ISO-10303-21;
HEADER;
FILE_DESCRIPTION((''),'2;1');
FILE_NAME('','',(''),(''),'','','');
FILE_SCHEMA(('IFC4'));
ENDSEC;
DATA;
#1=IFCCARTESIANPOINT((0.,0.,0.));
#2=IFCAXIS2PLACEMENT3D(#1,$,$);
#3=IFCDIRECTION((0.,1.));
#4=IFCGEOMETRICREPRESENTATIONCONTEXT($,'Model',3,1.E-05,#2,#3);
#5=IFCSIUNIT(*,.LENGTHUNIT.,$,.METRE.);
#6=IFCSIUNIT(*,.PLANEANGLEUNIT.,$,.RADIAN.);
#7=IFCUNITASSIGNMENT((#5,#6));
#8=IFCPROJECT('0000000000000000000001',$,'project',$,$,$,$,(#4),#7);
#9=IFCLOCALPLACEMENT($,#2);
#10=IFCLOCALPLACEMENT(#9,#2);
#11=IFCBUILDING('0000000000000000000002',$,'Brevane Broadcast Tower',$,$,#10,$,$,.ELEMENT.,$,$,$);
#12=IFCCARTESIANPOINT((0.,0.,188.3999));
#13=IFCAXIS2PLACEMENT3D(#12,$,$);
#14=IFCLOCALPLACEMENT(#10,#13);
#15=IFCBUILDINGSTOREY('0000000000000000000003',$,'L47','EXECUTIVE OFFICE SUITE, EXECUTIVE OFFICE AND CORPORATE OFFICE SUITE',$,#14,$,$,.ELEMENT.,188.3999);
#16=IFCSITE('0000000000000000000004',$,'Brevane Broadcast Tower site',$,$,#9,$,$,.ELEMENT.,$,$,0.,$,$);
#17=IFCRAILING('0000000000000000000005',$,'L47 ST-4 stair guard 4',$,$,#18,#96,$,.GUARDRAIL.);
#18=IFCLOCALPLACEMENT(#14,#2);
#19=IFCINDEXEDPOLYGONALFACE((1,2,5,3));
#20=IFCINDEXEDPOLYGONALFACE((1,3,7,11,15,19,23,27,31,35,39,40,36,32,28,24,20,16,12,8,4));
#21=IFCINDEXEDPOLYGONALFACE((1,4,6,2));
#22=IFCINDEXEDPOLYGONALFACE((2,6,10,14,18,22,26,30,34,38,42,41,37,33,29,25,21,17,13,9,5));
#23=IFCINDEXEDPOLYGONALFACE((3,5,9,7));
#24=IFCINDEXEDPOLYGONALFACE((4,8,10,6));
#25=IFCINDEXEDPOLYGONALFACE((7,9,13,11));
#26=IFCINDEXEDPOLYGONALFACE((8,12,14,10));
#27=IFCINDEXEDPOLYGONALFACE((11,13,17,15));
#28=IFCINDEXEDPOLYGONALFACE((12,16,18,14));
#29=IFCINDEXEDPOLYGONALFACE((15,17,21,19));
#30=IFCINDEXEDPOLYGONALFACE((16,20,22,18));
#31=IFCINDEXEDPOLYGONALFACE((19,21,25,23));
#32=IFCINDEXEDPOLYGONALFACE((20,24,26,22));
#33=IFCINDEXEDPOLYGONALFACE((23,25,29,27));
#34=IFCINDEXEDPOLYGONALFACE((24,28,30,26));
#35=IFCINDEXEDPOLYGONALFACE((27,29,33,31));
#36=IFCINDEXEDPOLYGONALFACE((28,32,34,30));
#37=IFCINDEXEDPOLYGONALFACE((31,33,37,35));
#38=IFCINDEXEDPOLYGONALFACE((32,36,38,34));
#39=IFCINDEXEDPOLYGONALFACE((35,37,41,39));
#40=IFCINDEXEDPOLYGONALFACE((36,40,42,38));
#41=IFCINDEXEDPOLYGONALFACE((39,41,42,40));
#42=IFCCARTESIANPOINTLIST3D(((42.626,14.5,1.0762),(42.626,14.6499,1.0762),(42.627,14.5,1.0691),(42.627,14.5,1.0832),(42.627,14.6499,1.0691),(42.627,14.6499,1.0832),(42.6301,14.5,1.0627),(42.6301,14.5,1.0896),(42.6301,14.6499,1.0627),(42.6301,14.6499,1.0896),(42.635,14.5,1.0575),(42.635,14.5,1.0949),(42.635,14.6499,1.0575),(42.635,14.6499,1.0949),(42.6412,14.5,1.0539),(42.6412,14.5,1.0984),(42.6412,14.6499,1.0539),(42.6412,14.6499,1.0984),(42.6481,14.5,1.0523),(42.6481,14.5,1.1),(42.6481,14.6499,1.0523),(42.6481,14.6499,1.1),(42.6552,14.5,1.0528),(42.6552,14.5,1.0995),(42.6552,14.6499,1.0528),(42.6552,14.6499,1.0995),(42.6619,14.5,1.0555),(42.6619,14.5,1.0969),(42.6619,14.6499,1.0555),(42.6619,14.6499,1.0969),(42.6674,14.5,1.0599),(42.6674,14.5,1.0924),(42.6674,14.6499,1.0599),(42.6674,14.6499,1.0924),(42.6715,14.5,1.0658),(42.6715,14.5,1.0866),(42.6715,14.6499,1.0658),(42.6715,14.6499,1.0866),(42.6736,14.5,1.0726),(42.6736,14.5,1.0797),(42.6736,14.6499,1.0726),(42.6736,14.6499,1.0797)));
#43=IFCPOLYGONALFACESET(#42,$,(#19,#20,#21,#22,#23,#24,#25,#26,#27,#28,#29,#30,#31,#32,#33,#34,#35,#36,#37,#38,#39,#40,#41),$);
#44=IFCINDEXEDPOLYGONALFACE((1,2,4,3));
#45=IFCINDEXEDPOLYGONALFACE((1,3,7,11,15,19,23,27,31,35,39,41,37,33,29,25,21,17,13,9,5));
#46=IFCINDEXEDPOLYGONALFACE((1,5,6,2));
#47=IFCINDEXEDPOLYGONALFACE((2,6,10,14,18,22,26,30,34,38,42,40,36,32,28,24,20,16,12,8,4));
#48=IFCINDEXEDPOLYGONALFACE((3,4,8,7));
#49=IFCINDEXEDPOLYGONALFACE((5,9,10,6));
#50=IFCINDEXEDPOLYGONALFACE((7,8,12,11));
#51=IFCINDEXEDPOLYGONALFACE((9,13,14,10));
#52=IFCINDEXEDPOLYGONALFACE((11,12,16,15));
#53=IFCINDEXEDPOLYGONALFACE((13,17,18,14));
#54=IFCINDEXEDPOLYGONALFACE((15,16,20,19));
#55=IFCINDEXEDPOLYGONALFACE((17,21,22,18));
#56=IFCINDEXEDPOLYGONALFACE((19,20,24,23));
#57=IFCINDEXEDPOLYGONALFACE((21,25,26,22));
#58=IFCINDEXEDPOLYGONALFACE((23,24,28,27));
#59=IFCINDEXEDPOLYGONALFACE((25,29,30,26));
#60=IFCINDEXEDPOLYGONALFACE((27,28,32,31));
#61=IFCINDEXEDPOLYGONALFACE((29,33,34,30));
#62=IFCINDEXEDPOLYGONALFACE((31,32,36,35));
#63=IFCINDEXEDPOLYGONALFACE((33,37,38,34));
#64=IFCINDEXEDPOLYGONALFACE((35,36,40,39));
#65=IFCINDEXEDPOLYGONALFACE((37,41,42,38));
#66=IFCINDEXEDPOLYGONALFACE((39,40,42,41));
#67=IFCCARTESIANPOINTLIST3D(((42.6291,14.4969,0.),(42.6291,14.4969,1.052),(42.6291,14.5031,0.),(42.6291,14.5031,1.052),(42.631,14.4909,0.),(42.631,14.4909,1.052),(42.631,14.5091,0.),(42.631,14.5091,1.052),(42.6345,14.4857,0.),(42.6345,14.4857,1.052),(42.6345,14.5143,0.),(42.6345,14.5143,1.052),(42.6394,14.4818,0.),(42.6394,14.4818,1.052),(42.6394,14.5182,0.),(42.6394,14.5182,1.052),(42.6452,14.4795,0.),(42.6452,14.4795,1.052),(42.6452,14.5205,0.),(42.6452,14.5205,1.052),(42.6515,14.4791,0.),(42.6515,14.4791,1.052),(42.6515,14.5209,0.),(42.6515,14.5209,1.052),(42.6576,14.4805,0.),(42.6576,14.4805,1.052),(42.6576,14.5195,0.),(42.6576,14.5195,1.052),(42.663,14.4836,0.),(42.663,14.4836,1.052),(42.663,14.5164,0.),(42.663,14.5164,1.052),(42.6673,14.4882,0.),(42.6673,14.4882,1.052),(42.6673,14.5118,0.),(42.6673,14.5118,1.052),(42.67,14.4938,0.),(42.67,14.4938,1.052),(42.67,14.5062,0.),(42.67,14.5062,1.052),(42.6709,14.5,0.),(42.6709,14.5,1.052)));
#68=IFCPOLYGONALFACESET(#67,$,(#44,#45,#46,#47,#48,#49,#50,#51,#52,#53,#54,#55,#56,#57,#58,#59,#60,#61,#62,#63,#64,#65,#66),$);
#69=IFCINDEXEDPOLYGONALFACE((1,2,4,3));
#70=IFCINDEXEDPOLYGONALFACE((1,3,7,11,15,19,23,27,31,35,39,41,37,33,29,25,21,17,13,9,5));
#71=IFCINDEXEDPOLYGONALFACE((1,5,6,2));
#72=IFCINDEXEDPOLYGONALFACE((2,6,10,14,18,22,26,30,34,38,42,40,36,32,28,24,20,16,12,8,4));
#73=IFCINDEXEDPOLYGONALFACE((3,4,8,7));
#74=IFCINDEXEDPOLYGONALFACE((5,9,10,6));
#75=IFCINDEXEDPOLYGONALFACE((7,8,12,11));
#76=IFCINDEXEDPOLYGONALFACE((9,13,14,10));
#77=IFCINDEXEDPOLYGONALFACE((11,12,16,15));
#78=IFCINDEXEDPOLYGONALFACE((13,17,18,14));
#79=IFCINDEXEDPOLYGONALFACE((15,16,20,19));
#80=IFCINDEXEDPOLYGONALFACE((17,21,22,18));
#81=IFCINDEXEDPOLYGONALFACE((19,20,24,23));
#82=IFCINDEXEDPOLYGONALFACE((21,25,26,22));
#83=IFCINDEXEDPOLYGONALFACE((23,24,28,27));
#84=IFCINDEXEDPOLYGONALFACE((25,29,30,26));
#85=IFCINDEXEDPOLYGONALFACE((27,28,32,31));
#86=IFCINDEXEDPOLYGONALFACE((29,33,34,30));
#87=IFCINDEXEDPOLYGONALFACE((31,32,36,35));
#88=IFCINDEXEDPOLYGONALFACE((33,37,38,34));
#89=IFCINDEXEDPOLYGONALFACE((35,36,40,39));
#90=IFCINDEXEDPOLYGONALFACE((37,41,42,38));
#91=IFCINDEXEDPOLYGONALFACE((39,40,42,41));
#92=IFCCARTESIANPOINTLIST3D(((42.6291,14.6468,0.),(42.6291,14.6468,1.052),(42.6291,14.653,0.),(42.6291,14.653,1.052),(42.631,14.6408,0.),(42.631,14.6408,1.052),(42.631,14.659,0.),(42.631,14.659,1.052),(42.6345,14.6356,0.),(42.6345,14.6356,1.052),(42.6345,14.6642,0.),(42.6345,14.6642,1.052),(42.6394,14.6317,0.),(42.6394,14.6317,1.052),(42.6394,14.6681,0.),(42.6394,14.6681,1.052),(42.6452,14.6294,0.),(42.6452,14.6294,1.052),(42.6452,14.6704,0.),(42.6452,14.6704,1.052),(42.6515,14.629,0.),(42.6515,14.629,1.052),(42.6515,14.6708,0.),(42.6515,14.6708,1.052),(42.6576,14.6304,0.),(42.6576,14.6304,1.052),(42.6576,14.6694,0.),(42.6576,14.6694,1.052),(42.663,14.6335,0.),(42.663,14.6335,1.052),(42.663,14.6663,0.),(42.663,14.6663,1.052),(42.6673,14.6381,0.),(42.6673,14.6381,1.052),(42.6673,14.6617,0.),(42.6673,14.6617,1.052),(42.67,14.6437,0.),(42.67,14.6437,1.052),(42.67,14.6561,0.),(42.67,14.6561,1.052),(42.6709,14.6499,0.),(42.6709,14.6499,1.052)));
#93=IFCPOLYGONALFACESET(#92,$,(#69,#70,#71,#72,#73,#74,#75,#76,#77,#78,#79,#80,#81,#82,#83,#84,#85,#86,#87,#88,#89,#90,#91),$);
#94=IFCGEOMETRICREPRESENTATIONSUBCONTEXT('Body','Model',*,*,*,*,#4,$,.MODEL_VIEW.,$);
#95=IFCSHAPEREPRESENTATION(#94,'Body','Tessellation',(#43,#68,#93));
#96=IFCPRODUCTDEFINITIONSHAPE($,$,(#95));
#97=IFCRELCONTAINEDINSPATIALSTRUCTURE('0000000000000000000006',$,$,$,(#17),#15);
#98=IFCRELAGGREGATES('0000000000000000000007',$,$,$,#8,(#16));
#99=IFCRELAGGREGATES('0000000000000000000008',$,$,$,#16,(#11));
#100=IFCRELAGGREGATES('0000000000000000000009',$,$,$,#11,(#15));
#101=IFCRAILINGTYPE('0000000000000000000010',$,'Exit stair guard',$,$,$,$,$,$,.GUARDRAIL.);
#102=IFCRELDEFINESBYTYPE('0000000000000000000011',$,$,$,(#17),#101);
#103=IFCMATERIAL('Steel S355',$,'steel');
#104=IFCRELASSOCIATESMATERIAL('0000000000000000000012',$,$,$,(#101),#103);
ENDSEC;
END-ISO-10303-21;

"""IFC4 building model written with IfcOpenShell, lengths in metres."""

from ifc_helpers import new_model, si_unit, direction, frame, origin, origin_2d, place, context, subcontext, project, spatial, circle, extrude, material, type_object, element, save


model = new_model("IFC4")

# Units and contexts
model_context = context("Model", 3, precision=1e-05, world=origin(), true_north=direction((0.0, 1.0)))
body_context = subcontext(model_context, "Body", "Model", "MODEL_VIEW")
ifc_project = project(units=[si_unit("LENGTHUNIT", "METRE"), si_unit("PLANEANGLEUNIT", "RADIAN")], contexts=[model_context])

# Site, building, storey
site_placement = place(None, origin())
site = spatial("IfcSite", under=ifc_project, at=site_placement, Name="Brevane Broadcast Tower site", CompositionType="ELEMENT", RefElevation=0.0)
building_placement = place(site_placement, origin())
building = spatial("IfcBuilding", under=site, at=building_placement, Name="Brevane Broadcast Tower", CompositionType="ELEMENT")
storey_placement = place(building_placement, frame((0.0, 0.0, 188.3999)))
storey = spatial("IfcBuildingStorey", under=building, at=storey_placement, Name="L47", Description="EXECUTIVE OFFICE SUITE, EXECUTIVE OFFICE AND CORPORATE OFFICE SUITE", CompositionType="ELEMENT", Elevation=188.3999)

# Railing
ifc_material_1 = material(Name="Steel S355", Category="steel")
railing_type_1 = type_object("IfcRailingType", Name="Exit stair guard", PredefinedType="GUARDRAIL", material=ifc_material_1)
railing_1_placement = place(storey_placement, frame((42.6499, 14.5, 0.0)))
element("IfcRailing", 1, at=railing_1_placement, inside=storey, type_object=railing_type_1, Name="L47 ST-4 stair guard 4", PredefinedType="GUARDRAIL", context=body_context, shape_type="SweptSolid", body=[
    extrude(circle(Radius=0.0239, at=origin_2d()), frame((0.0, 0.0, 1.0762), z_axis=(0.0, 1.0, 0.0), x_axis=(-1.0, 0.0, 0.0)), (0.0, 0.0, 1.0), 0.1499),
    extrude(circle(Radius=0.021, at=origin_2d()), origin(), (0.0, 0.0, 1.0), 1.052),
    extrude(circle(Radius=0.021, at=origin_2d()), frame((0.0, 0.1499, 0.0)), (0.0, 0.0, 1.0), 1.052),
])

save(model, "model.ifc")
